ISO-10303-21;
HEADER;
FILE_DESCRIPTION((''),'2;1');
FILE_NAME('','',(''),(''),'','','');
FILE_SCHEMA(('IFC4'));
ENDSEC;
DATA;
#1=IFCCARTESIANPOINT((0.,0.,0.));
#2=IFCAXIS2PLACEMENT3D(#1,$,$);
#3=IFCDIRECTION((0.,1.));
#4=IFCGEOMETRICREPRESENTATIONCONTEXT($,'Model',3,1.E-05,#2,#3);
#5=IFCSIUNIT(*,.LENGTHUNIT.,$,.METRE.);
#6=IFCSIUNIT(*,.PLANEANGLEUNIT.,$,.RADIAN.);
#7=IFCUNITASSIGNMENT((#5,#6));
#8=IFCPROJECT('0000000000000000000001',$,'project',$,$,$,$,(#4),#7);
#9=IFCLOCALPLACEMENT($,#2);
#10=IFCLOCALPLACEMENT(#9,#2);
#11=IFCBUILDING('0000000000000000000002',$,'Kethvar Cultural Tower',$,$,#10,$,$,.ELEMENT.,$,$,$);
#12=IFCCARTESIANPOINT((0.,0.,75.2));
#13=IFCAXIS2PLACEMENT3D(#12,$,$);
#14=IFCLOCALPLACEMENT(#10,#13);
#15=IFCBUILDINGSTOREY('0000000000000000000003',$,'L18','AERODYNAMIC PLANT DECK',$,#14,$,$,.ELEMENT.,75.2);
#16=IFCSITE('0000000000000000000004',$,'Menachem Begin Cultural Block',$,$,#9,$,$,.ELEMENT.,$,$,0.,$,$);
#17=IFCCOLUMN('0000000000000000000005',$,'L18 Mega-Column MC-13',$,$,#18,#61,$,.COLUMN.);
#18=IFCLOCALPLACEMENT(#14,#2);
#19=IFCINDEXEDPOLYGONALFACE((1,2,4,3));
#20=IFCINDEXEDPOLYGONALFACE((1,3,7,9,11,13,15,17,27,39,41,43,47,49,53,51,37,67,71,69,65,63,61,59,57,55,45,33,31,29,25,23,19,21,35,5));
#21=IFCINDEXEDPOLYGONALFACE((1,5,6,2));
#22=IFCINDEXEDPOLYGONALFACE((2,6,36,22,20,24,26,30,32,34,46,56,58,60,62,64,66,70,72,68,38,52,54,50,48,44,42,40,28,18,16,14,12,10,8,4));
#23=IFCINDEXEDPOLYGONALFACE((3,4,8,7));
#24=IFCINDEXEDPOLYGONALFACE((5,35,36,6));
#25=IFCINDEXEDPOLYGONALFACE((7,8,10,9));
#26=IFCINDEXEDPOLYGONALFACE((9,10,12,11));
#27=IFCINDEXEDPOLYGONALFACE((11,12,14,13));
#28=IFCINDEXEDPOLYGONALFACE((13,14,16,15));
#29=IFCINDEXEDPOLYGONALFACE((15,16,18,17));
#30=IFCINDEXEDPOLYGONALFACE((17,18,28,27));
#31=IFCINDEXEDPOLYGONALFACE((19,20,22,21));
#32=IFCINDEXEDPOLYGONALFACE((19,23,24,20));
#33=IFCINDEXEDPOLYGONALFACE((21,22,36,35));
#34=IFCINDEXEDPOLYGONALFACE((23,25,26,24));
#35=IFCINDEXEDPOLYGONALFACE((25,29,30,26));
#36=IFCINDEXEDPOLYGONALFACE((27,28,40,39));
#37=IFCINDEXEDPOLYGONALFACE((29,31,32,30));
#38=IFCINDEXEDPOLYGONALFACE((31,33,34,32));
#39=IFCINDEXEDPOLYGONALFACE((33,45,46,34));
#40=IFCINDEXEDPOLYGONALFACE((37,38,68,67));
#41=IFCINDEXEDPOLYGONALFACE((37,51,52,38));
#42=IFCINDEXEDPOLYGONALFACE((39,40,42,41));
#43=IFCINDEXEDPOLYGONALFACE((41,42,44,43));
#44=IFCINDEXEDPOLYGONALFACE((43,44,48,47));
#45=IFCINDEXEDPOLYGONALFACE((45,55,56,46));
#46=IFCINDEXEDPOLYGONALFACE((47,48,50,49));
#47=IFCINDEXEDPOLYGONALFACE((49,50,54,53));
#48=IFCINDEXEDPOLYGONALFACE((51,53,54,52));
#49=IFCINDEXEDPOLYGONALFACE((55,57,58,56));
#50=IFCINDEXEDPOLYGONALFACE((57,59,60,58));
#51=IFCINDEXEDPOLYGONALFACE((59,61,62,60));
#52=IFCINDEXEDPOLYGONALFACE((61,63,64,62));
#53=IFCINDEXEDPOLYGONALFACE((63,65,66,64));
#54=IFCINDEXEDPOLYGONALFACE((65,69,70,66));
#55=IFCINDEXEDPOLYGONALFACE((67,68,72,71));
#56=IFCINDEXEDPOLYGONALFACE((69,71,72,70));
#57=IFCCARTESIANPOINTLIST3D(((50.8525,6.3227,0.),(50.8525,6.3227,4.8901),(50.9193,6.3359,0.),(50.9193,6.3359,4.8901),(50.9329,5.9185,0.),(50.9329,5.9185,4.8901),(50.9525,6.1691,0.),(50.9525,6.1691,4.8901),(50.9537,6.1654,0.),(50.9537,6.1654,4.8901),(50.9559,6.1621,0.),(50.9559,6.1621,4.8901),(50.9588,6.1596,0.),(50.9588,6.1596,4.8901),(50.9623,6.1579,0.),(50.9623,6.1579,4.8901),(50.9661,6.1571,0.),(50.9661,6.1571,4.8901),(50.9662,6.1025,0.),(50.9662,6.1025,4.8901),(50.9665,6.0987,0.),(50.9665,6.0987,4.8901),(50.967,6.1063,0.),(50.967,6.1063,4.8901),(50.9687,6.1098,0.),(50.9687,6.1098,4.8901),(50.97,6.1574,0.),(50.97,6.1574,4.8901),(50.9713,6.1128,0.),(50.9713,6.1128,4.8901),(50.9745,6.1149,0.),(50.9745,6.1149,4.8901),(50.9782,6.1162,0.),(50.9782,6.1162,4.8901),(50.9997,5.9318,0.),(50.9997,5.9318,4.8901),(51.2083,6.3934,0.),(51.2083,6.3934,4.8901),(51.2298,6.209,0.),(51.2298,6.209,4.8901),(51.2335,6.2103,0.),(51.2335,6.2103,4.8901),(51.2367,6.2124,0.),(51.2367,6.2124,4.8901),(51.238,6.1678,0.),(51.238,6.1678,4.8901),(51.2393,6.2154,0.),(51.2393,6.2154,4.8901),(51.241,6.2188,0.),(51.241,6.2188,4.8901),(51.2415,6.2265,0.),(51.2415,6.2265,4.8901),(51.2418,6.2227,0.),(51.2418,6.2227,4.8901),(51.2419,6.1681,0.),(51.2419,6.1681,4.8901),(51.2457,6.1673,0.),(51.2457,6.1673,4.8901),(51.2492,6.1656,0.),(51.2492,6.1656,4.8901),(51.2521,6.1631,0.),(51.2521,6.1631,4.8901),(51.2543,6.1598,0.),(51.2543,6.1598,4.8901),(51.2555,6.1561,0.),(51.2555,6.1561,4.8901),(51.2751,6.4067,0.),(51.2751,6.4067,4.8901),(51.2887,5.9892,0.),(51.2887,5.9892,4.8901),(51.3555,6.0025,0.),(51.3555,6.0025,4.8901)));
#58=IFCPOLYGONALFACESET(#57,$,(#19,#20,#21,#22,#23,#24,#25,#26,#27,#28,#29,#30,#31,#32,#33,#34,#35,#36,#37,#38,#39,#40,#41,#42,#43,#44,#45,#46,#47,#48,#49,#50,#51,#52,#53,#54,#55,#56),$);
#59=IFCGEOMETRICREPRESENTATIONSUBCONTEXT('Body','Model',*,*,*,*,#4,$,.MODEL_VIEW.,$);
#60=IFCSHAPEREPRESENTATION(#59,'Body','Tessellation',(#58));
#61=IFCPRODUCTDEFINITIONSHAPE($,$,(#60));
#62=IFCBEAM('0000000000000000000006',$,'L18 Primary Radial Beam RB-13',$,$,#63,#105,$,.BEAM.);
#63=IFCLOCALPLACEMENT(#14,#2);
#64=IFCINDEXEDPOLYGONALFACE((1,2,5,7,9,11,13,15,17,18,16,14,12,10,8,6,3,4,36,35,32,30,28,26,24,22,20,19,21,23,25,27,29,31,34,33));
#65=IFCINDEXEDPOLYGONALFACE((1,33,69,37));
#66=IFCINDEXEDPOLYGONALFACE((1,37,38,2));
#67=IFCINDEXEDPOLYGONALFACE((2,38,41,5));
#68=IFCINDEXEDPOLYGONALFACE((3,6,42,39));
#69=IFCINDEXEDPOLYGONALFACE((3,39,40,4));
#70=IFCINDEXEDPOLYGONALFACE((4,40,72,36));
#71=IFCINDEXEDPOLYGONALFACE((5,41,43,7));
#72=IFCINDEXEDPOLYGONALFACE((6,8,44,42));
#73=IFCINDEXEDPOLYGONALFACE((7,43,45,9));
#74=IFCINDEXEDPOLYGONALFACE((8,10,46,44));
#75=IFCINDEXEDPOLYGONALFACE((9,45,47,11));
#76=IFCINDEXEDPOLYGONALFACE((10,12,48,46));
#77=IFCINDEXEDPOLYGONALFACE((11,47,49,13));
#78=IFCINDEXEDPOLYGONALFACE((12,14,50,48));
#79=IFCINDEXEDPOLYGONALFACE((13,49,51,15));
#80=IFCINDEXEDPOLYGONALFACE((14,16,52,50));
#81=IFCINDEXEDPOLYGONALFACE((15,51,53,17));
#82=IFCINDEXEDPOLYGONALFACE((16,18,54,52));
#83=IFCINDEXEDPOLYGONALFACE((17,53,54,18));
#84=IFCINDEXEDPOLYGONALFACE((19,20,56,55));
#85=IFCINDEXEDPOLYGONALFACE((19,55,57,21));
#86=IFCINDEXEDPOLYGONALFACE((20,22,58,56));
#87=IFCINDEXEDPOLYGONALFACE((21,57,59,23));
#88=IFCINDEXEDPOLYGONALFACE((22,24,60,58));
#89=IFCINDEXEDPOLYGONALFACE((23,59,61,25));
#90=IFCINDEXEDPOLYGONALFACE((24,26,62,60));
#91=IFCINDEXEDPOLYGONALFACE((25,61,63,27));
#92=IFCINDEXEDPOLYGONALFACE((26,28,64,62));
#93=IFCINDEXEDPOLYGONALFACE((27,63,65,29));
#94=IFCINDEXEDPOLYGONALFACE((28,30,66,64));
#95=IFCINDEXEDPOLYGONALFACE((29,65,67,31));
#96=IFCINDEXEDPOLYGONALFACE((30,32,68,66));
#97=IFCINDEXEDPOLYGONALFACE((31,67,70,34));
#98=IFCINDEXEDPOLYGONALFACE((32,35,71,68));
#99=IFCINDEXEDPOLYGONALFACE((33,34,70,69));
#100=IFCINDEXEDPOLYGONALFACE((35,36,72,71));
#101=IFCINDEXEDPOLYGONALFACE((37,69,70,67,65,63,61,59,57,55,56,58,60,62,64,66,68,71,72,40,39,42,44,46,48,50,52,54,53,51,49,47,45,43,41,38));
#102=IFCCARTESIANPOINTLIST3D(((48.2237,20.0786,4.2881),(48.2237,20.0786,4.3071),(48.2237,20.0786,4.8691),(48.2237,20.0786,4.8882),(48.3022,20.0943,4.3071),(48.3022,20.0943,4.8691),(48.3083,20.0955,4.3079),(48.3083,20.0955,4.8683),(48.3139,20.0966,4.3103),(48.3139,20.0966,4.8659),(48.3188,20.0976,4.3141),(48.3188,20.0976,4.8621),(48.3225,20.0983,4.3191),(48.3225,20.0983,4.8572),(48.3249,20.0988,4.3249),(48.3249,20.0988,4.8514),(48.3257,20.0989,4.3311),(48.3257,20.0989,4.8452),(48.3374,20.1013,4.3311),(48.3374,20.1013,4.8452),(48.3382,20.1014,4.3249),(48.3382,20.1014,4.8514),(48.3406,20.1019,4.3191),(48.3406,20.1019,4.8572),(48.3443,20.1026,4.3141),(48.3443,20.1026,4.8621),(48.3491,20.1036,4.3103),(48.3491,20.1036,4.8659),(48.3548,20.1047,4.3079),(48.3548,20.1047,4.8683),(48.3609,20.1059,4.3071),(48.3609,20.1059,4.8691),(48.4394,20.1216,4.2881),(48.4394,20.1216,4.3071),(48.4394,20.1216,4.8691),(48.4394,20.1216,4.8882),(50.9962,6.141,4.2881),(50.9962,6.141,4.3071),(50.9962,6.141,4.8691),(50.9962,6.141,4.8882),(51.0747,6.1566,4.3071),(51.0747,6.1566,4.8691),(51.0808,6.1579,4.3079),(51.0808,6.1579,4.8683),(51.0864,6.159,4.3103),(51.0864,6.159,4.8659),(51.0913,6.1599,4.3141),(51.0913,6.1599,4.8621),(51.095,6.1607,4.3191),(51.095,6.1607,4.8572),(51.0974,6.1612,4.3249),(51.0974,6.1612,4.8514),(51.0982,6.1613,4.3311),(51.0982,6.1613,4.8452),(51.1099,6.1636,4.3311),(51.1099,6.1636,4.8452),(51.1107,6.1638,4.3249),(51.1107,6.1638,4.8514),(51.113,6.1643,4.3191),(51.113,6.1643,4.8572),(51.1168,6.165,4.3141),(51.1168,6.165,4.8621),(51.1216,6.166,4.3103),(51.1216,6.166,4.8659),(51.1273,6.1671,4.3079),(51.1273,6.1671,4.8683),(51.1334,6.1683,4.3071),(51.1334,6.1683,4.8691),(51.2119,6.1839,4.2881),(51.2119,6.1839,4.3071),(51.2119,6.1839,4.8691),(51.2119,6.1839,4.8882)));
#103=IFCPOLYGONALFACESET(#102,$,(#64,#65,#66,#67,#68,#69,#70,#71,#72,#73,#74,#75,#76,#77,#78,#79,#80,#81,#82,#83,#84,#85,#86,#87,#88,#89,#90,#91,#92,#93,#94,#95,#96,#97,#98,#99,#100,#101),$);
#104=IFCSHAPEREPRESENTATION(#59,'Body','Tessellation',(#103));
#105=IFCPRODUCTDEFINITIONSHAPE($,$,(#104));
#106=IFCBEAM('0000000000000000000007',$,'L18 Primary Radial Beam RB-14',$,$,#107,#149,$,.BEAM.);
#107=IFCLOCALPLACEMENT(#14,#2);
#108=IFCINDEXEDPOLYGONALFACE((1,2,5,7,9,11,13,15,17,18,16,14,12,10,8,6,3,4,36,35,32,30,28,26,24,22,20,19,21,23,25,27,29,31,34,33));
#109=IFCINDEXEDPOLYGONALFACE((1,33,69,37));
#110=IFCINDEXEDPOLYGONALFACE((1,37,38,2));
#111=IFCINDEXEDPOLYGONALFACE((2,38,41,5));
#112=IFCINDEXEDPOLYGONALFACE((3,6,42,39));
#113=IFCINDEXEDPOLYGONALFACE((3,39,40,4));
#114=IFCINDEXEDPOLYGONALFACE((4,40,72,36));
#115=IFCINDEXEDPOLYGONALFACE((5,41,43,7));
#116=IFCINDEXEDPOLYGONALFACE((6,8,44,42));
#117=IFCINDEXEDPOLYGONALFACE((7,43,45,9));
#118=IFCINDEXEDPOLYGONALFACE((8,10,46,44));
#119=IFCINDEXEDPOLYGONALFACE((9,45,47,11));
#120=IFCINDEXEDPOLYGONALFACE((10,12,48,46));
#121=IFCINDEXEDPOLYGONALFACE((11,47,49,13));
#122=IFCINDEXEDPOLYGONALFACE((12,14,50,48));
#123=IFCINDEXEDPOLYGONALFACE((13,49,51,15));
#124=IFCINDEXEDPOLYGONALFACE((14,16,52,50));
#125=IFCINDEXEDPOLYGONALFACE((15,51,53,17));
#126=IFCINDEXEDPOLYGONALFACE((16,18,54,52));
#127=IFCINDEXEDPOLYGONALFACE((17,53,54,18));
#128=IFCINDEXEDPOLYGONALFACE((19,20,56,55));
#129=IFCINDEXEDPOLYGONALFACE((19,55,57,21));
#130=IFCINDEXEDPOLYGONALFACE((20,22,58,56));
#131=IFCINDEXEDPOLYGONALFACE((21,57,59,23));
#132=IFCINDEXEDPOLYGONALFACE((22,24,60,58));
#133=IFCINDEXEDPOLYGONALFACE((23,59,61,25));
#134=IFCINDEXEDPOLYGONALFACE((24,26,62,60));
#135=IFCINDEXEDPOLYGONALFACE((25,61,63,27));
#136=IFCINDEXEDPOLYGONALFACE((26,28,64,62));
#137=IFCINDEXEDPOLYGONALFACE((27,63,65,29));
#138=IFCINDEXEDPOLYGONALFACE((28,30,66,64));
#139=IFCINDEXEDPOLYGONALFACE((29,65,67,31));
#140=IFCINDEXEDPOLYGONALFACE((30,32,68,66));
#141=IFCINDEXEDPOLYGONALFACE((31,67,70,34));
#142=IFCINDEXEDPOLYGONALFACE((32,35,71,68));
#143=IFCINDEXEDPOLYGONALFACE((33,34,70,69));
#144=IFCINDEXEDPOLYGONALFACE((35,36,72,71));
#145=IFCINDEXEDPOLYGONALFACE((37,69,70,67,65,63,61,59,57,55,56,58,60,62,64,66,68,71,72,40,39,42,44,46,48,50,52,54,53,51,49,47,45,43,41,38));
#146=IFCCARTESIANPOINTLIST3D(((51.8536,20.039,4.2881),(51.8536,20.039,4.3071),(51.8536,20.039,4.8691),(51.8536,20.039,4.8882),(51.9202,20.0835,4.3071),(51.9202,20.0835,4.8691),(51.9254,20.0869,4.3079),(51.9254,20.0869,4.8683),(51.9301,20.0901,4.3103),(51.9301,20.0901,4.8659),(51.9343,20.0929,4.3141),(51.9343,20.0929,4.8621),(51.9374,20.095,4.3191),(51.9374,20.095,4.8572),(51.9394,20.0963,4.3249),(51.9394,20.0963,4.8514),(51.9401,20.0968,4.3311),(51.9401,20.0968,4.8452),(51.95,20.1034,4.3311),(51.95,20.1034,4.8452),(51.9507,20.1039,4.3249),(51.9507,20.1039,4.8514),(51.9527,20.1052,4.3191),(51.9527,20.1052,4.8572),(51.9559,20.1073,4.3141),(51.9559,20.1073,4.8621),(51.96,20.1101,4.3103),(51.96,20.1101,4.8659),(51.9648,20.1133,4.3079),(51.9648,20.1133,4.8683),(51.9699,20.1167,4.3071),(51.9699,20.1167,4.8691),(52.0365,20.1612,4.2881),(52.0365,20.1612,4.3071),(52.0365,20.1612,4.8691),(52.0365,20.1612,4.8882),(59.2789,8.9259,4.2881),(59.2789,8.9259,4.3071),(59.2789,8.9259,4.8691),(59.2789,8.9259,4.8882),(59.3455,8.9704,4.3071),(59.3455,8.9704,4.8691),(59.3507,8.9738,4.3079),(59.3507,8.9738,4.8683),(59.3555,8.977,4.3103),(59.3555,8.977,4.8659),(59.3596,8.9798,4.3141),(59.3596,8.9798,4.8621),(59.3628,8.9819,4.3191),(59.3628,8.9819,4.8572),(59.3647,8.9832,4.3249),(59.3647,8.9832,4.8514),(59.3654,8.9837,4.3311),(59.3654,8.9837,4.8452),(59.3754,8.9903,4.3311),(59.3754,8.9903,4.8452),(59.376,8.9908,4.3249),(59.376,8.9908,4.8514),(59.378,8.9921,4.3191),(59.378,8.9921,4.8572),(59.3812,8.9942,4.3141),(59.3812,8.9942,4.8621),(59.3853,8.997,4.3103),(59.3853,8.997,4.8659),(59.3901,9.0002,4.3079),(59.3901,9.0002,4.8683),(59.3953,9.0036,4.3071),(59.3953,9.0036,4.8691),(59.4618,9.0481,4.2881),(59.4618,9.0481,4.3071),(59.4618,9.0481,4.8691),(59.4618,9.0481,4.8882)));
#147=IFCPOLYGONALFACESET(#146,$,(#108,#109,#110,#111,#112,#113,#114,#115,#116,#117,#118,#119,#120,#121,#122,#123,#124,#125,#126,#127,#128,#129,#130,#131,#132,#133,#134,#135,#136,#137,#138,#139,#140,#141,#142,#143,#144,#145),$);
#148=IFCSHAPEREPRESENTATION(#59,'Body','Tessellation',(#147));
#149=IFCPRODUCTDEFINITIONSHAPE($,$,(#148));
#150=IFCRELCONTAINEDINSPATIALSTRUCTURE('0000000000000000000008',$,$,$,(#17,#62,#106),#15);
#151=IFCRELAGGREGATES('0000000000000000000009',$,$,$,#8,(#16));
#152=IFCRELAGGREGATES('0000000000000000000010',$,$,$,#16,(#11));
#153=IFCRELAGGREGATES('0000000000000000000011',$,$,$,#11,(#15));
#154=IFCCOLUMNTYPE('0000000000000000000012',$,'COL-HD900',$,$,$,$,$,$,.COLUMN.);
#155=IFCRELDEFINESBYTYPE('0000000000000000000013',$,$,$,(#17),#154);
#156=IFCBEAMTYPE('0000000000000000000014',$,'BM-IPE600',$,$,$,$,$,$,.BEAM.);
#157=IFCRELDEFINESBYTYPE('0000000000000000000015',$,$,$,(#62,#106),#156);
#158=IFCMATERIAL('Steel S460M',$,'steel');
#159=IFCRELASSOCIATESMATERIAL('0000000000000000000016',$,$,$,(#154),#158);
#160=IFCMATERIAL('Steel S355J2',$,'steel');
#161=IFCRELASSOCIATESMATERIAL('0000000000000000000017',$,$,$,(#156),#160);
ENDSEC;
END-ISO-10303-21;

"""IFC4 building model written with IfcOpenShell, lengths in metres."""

from ifc_helpers import new_model, si_unit, direction, frame, origin, origin_2d, place, context, subcontext, project, spatial, i_section, extrude, source, transform, mapped, material, material_profile, profile_set, type_object, element, save


model = new_model("IFC4")

# Units and contexts
model_context = context("Model", 3, precision=1e-05, world=origin(), true_north=direction((0.0, 1.0)))
body_context = subcontext(model_context, "Body", "Model", "MODEL_VIEW")
ifc_project = project(units=[si_unit("LENGTHUNIT", "METRE"), si_unit("PLANEANGLEUNIT", "RADIAN")], contexts=[model_context])

# Site, building, storey
site_placement = place(None, origin())
site = spatial("IfcSite", under=ifc_project, at=site_placement, Name="Menachem Begin Cultural Block", CompositionType="ELEMENT", RefElevation=0.0)
building_placement = place(site_placement, origin())
building = spatial("IfcBuilding", under=site, at=building_placement, Name="Kethvar Cultural Tower", CompositionType="ELEMENT")
storey_placement = place(building_placement, frame((0.0, 0.0, 75.2)))
storey = spatial("IfcBuildingStorey", under=building, at=storey_placement, Name="L18", Description="AERODYNAMIC PLANT DECK", CompositionType="ELEMENT", Elevation=75.2)

# Column
ifc_material_1 = material(Name="Steel S460M", Category="steel")
ifc_material_profile_1 = material_profile(ifc_material_1, i_section(OverallWidth=0.4121, OverallDepth=0.4309, WebThickness=0.042, FlangeThickness=0.0681, FilletRadius=0.0149, at=origin_2d()), Name="Steel S460M — HD400x900")
ifc_profile_set_1 = profile_set([ifc_material_profile_1], Name="Steel S460M — HD400x900")
column_type = type_object("IfcColumnType", Name="COL-HD900", PredefinedType="COLUMN", material=ifc_profile_set_1)
shared_shape_1 = source(origin(), body_context, "Body", "SweptSolid", [
    extrude(i_section(OverallWidth=0.4121, OverallDepth=0.4309, WebThickness=0.042, FlangeThickness=0.0681, FilletRadius=0.0149, at=origin_2d()), origin(), (0.0, 0.0, 1.0), 4.8901),
])
column_placement = place(storey_placement, frame((51.104, 6.1626, 0.0), z_axis=(0.0, 0.0, 1.0), x_axis=(0.19509, -0.980785, 0.0)))
element("IfcColumn", 1, at=column_placement, inside=storey, type_object=column_type, Name="L18 Mega-Column MC-13", PredefinedType="COLUMN", context=body_context, shape_type="MappedRepresentation", body=[
    mapped(shared_shape_1, transform((0.0, 0.0, 0.0), scale=1.0)),
])

# Beams
ifc_material_2 = material(Name="Steel S355J2", Category="steel")
ifc_material_profile_2 = material_profile(ifc_material_2, i_section(OverallWidth=0.22, OverallDepth=0.6001, WebThickness=0.012, FlangeThickness=0.019, FilletRadius=0.0239, at=origin_2d()), Name="Steel S355J2 — IPE600")
ifc_profile_set_2 = profile_set([ifc_material_profile_2], Name="Steel S355J2 — IPE600")
beam_type_1 = type_object("IfcBeamType", Name="BM-IPE600", PredefinedType="BEAM", material=ifc_profile_set_2)
shared_shape_2 = source(origin(), body_context, "Body", "SweptSolid", [
    extrude(i_section(OverallWidth=0.22, OverallDepth=0.6001, WebThickness=0.012, FlangeThickness=0.019, FilletRadius=0.0239, at=origin_2d()), origin(), (0.0, 0.0, 1.0), 14.2107),
])
beam_1_placement = place(storey_placement, frame((48.3315, 20.1001, 4.5881), z_axis=(0.195098, -0.980784, 0.0), x_axis=(0.980784, 0.195098, 0.0)))
element("IfcBeam", 2, at=beam_1_placement, inside=storey, type_object=beam_type_1, Name="L18 Primary Radial Beam RB-13", PredefinedType="BEAM", context=body_context, shape_type="MappedRepresentation", body=[
    mapped(shared_shape_2, transform((0.0, 0.0, 0.0), scale=1.0)),
])
shared_shape_3 = source(origin(), body_context, "Body", "SweptSolid", [
    extrude(i_section(OverallWidth=0.22, OverallDepth=0.6001, WebThickness=0.012, FlangeThickness=0.019, FilletRadius=0.0239, at=origin_2d()), origin(), (0.0, 0.0, 1.0), 13.3655),
])
beam_2_placement = place(storey_placement, frame((51.9451, 20.1001, 4.5881), z_axis=(0.55556, -0.831477, 0.0), x_axis=(0.831477, 0.55556, 0.0)))
element("IfcBeam", 3, at=beam_2_placement, inside=storey, type_object=beam_type_1, Name="L18 Primary Radial Beam RB-14", PredefinedType="BEAM", context=body_context, shape_type="MappedRepresentation", body=[
    mapped(shared_shape_3, transform((0.0, 0.0, 0.0), scale=1.0)),
])

save(model, "model.ifc")
